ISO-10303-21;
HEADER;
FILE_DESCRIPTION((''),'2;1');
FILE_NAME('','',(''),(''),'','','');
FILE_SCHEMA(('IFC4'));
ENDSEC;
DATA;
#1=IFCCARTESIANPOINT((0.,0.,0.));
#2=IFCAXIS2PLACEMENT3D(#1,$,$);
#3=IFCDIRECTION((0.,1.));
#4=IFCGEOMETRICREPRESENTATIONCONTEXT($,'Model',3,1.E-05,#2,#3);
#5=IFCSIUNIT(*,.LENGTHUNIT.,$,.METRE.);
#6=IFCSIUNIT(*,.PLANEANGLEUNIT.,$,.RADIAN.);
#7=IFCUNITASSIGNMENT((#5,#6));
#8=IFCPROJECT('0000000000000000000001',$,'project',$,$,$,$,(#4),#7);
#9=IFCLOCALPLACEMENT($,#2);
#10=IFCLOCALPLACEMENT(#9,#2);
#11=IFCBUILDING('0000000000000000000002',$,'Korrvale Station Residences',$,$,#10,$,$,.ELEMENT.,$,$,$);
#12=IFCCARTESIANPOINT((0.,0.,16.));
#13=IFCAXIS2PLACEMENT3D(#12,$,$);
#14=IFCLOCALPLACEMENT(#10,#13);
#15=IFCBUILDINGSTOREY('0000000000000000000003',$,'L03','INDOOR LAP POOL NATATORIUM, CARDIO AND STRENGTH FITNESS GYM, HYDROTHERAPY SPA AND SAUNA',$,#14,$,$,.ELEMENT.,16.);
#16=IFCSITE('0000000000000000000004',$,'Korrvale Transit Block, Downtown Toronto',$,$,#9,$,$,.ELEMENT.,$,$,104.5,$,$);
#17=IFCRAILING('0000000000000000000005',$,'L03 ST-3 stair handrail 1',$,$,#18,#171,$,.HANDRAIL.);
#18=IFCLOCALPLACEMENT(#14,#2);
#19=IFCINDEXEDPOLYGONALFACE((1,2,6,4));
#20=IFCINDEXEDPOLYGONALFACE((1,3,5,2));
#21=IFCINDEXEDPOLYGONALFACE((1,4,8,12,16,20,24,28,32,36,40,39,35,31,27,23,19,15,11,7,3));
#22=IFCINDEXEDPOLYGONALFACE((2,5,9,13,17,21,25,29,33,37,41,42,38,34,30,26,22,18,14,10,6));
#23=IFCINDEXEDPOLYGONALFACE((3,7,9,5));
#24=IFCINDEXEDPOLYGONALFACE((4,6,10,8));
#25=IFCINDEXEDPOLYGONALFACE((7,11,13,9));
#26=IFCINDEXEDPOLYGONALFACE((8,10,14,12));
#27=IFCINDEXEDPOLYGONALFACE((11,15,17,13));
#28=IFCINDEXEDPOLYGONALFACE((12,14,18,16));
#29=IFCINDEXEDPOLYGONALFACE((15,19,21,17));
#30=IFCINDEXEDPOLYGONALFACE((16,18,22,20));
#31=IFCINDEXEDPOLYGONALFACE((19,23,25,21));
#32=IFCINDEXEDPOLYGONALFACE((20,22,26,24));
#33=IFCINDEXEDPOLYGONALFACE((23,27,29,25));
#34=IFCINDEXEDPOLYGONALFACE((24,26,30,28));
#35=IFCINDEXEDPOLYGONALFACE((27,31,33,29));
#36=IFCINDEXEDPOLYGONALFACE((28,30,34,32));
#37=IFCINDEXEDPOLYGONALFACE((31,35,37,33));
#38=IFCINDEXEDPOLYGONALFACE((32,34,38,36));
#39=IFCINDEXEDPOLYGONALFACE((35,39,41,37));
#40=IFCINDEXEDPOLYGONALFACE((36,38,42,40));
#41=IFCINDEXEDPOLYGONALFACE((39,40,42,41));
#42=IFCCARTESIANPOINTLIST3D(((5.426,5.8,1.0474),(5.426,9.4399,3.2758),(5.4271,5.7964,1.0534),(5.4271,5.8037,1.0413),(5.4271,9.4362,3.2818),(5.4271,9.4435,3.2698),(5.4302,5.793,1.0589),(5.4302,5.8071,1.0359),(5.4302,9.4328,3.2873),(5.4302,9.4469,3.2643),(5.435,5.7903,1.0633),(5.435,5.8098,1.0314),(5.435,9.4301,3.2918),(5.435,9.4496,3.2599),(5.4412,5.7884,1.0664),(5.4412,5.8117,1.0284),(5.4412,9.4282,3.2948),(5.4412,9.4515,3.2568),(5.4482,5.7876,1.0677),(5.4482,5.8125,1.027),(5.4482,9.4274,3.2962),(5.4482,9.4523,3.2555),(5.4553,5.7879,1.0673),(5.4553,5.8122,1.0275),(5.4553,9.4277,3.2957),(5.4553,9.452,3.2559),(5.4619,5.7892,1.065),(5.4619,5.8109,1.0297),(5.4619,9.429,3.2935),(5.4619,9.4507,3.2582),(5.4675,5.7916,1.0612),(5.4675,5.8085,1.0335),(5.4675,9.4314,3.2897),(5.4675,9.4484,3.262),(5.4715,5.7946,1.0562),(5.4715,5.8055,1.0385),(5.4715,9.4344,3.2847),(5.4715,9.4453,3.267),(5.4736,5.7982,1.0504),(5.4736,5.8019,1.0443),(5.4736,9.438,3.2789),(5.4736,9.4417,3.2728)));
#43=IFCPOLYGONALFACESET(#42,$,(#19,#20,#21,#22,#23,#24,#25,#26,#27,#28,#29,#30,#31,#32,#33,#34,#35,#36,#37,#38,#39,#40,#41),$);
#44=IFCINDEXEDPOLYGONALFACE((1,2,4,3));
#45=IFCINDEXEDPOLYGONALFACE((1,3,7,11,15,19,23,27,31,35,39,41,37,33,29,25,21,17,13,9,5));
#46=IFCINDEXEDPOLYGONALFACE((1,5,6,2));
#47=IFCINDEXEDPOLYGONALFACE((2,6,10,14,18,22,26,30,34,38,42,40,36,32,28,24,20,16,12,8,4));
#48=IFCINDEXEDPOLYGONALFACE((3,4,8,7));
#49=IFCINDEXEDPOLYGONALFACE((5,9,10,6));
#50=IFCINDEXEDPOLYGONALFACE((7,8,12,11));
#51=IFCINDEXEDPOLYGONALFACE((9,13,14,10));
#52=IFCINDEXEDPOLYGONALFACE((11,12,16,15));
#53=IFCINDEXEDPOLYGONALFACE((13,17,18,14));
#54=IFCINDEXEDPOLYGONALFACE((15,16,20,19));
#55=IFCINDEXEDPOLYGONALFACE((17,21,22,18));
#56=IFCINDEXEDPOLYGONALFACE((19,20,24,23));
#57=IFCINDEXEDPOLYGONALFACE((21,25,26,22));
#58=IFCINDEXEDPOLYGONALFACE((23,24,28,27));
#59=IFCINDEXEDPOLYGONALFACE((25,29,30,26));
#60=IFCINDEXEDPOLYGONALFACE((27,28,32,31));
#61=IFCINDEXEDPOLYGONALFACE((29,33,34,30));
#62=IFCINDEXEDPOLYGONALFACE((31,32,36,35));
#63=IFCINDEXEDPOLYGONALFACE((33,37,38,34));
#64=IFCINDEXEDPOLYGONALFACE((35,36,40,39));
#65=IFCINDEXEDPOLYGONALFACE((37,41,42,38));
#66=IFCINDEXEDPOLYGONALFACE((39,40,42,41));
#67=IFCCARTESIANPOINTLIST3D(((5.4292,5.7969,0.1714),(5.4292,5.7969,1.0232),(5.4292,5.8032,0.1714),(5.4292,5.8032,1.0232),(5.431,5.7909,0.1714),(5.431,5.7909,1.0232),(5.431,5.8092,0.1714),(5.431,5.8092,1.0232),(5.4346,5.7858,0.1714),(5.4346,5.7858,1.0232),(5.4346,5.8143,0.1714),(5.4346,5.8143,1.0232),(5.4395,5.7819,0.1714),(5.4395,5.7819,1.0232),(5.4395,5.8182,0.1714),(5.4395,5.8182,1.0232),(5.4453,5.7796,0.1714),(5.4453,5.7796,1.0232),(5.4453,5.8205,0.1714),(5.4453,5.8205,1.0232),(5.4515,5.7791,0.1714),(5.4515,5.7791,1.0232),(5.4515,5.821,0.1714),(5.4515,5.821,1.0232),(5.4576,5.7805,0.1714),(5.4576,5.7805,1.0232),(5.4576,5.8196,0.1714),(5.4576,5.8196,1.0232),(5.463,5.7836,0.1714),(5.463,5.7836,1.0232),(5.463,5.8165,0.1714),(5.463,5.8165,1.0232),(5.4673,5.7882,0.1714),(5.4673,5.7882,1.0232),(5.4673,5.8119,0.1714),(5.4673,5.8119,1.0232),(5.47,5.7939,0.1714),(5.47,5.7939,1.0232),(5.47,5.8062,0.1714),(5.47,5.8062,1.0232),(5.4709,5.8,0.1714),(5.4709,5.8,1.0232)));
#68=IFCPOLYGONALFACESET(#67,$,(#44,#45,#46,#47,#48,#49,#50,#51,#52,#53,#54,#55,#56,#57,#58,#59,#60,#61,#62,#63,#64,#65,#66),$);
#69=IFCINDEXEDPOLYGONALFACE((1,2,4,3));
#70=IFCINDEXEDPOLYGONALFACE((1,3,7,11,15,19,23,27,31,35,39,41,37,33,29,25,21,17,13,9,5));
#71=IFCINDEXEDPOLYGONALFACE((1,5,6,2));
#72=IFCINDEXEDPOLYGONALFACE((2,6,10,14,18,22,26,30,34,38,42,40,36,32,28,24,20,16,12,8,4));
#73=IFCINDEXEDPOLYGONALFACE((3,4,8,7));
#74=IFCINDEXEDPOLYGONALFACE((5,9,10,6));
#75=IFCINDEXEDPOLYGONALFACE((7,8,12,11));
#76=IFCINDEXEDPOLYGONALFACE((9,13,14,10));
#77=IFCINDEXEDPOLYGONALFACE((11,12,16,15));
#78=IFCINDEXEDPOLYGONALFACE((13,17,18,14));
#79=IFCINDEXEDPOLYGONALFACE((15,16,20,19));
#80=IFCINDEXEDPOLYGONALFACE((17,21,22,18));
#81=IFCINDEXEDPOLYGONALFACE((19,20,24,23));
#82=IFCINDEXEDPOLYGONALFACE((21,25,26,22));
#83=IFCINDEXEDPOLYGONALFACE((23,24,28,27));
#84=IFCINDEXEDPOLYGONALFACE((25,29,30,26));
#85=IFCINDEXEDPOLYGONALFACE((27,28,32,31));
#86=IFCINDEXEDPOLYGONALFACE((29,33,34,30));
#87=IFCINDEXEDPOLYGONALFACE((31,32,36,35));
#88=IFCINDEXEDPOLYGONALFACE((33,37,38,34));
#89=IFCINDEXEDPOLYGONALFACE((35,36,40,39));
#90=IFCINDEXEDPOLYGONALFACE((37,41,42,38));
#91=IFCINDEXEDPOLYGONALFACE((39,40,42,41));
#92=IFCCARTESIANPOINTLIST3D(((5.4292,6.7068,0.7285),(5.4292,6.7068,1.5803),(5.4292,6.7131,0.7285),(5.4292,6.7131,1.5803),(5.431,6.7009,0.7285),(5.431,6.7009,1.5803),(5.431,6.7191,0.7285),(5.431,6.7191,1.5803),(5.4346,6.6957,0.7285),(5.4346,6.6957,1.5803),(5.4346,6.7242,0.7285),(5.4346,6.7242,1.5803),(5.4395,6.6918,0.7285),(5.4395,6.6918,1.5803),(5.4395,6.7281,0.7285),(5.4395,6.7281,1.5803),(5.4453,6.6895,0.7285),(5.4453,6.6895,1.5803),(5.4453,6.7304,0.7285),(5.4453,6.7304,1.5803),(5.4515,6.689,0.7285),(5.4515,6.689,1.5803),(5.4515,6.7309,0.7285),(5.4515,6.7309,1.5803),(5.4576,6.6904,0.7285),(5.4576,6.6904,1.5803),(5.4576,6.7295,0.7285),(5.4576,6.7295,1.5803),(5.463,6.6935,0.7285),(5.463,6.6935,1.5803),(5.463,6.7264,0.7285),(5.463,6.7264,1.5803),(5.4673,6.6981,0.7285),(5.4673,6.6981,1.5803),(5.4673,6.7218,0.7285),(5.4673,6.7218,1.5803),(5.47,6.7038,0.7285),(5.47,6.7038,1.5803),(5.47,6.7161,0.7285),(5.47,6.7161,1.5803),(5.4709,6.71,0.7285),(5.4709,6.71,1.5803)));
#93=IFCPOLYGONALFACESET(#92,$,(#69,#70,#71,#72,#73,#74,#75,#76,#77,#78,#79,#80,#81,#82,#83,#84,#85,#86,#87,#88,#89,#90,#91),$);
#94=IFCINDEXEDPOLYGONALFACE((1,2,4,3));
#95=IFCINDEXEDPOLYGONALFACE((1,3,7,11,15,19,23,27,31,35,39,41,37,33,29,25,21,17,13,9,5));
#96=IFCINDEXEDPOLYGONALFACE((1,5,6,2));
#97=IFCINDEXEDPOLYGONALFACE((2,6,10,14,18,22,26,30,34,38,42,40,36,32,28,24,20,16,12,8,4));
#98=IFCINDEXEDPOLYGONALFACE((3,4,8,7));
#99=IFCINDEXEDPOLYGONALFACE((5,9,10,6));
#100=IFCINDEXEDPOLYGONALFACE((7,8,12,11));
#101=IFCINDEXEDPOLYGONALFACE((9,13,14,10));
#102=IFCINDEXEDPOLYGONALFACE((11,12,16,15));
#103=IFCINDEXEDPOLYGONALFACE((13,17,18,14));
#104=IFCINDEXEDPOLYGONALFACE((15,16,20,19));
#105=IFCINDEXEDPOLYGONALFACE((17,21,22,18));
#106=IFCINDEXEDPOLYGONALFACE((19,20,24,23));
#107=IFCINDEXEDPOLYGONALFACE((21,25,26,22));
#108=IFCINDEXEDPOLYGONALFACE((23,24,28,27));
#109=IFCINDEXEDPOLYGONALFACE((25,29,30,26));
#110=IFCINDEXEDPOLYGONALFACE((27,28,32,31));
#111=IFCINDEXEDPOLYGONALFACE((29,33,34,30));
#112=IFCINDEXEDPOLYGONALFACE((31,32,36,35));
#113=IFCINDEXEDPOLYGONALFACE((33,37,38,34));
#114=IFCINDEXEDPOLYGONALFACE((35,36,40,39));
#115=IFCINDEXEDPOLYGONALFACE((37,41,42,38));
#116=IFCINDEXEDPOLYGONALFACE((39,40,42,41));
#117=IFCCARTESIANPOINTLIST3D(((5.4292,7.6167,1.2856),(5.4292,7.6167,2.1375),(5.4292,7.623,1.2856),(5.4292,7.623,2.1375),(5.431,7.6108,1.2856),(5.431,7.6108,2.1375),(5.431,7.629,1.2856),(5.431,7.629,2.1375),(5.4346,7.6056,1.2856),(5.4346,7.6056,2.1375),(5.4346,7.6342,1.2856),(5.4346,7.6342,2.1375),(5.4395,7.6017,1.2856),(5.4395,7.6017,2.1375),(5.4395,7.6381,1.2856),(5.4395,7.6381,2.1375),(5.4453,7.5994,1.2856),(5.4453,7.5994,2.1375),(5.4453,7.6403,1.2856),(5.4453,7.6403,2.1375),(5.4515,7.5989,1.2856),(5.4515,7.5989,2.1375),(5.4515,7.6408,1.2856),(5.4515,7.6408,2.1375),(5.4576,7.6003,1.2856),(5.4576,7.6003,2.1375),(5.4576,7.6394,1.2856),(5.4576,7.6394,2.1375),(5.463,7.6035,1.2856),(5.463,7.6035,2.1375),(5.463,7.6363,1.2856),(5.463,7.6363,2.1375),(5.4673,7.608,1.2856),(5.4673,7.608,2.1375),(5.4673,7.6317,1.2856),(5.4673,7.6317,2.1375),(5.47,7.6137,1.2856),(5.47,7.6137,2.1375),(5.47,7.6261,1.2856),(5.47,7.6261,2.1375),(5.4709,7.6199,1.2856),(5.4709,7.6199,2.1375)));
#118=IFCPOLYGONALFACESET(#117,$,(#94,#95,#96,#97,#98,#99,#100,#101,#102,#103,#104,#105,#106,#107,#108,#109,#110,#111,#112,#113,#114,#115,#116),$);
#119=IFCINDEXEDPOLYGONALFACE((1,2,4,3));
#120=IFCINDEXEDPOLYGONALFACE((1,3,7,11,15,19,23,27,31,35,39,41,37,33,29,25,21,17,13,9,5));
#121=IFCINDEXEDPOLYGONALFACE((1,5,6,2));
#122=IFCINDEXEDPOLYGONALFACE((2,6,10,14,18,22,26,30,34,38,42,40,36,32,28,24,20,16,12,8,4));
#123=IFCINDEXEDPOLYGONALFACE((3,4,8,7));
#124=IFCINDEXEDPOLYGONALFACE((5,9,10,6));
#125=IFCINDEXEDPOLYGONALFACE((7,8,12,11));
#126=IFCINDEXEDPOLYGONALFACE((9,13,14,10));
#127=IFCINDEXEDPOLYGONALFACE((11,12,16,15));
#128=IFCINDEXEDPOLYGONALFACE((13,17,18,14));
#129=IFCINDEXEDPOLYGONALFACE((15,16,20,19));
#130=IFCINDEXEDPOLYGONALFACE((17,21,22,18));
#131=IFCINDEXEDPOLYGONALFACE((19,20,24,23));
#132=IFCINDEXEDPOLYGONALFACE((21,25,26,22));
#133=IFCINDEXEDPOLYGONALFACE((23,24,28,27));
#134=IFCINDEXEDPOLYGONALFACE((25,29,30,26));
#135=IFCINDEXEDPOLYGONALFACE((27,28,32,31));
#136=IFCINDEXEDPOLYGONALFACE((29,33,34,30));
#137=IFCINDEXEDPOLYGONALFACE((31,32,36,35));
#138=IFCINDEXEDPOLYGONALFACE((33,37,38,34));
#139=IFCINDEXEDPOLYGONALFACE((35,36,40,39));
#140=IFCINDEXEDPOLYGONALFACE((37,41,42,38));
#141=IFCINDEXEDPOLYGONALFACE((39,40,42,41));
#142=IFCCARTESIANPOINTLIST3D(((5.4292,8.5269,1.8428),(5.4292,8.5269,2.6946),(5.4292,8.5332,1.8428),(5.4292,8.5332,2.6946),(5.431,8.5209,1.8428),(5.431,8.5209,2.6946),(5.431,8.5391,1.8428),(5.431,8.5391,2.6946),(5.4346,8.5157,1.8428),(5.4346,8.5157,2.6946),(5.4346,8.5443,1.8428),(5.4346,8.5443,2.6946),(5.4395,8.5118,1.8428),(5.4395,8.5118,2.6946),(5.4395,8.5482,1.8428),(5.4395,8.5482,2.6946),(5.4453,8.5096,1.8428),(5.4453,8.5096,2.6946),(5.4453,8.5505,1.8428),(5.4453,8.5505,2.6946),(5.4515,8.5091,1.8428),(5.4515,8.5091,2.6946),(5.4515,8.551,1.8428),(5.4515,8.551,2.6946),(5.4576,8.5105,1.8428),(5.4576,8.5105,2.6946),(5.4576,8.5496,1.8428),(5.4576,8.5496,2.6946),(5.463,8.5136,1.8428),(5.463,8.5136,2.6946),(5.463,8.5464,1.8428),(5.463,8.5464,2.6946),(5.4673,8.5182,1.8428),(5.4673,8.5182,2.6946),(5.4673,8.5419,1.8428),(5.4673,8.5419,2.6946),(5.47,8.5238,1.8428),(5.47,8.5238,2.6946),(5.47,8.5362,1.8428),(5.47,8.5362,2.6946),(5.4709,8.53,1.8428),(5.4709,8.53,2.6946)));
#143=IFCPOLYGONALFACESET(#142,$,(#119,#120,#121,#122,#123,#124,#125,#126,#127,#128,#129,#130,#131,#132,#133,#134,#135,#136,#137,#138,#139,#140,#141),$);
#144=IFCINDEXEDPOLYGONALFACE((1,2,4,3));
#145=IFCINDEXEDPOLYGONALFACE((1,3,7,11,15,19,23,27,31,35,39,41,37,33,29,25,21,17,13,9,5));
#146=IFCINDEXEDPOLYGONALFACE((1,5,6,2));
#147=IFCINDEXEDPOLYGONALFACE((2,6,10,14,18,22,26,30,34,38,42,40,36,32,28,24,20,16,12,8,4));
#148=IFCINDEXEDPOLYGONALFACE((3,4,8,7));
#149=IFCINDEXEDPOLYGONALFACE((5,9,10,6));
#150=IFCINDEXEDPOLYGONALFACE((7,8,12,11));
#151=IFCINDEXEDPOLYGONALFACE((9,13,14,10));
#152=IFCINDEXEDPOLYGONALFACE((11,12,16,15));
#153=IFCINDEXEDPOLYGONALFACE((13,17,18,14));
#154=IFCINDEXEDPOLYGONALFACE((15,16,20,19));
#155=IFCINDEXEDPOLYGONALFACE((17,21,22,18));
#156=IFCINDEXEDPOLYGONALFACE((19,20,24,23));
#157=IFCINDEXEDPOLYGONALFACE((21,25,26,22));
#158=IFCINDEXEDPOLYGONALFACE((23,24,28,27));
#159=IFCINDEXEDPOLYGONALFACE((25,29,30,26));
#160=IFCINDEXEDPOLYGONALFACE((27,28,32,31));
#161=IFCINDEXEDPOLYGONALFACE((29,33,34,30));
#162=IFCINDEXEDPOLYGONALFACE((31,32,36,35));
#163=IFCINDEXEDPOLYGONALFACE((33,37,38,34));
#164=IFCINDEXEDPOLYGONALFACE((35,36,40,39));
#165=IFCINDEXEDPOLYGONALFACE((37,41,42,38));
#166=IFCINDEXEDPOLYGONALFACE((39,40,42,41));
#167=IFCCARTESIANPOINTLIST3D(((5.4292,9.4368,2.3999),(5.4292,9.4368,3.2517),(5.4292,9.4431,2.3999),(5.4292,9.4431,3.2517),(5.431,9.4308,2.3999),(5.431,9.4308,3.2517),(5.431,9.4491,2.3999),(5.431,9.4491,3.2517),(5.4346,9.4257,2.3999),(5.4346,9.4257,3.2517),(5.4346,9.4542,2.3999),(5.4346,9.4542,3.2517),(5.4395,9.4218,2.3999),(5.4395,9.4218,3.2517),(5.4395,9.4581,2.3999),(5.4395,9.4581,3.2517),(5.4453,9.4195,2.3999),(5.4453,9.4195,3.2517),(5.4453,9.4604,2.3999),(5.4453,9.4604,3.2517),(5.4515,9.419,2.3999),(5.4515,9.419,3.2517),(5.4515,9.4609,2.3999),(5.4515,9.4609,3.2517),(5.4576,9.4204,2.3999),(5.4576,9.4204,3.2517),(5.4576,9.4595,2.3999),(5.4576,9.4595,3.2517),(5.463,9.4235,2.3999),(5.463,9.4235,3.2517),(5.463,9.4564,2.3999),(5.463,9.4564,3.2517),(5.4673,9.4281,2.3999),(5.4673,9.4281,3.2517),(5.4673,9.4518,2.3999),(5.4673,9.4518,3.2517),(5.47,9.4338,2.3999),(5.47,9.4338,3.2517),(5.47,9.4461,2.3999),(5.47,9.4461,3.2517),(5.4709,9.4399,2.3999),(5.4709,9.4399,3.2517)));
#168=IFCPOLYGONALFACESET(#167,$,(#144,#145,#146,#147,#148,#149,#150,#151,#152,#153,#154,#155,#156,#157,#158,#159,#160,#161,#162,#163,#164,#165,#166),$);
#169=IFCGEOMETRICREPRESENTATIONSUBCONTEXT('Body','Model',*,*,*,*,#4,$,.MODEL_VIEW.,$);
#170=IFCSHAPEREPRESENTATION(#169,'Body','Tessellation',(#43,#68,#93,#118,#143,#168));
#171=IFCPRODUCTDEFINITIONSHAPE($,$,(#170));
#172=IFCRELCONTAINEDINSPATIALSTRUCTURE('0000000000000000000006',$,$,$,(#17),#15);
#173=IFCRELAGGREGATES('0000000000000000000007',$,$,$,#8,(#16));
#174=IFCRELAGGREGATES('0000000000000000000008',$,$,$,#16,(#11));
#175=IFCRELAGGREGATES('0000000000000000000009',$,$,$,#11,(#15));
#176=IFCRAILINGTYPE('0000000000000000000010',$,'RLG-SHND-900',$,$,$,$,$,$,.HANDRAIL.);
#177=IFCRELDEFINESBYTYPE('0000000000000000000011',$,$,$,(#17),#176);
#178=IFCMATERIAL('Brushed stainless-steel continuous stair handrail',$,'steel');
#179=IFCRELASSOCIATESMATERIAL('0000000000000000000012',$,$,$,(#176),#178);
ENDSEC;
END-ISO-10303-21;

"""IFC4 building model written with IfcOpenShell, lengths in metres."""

from ifc_helpers import new_model, si_unit, direction, frame, origin, origin_2d, place, context, subcontext, project, spatial, circle, extrude, material, type_object, element, save


model = new_model("IFC4")

# Units and contexts
model_context = context("Model", 3, precision=1e-05, world=origin(), true_north=direction((0.0, 1.0)))
body_context = subcontext(model_context, "Body", "Model", "MODEL_VIEW")
ifc_project = project(units=[si_unit("LENGTHUNIT", "METRE"), si_unit("PLANEANGLEUNIT", "RADIAN")], contexts=[model_context])

# Site, building, storey
site_placement = place(None, origin())
site = spatial("IfcSite", under=ifc_project, at=site_placement, Name="Korrvale Transit Block, Downtown Toronto", CompositionType="ELEMENT", RefElevation=104.5)
building_placement = place(site_placement, origin())
building = spatial("IfcBuilding", under=site, at=building_placement, Name="Korrvale Station Residences", CompositionType="ELEMENT")
storey_placement = place(building_placement, frame((0.0, 0.0, 16.0)))
storey = spatial("IfcBuildingStorey", under=building, at=storey_placement, Name="L03", Description="INDOOR LAP POOL NATATORIUM, CARDIO AND STRENGTH FITNESS GYM, HYDROTHERAPY SPA AND SAUNA", CompositionType="ELEMENT", Elevation=16.0)

# Railing
ifc_material_1 = material(Name="Brushed stainless-steel continuous stair handrail", Category="steel")
railing_type_1 = type_object("IfcRailingType", Name="RLG-SHND-900", PredefinedType="HANDRAIL", material=ifc_material_1)
railing_1_placement = place(storey_placement, frame((5.45, 5.8, 0.1714)))
element("IfcRailing", 1, at=railing_1_placement, inside=storey, type_object=railing_type_1, Name="L03 ST-3 stair handrail 1", PredefinedType="HANDRAIL", context=body_context, shape_type="SweptSolid", body=[
    extrude(circle(Radius=0.0239, at=origin_2d()), frame((0.0, 0.0, 0.876), z_axis=(0.0, 0.85285, 0.522156), x_axis=(-1.0, 0.0, 0.0)), (0.0, 0.0, 1.0), 4.2678),
    extrude(circle(Radius=0.021, at=origin_2d()), origin(), (0.0, 0.0, 1.0), 0.8518),
    extrude(circle(Radius=0.021, at=origin_2d()), frame((0.0, 0.9099, 0.5571)), (0.0, 0.0, 1.0), 0.8518),
    extrude(circle(Radius=0.021, at=origin_2d()), frame((0.0, 1.8198, 1.1143)), (0.0, 0.0, 1.0), 0.8518),
    extrude(circle(Radius=0.021, at=origin_2d()), frame((0.0, 2.73, 1.6714)), (0.0, 0.0, 1.0), 0.8518),
    extrude(circle(Radius=0.021, at=origin_2d()), frame((0.0, 3.6399, 2.2285)), (0.0, 0.0, 1.0), 0.8518),
])

save(model, "model.ifc")
